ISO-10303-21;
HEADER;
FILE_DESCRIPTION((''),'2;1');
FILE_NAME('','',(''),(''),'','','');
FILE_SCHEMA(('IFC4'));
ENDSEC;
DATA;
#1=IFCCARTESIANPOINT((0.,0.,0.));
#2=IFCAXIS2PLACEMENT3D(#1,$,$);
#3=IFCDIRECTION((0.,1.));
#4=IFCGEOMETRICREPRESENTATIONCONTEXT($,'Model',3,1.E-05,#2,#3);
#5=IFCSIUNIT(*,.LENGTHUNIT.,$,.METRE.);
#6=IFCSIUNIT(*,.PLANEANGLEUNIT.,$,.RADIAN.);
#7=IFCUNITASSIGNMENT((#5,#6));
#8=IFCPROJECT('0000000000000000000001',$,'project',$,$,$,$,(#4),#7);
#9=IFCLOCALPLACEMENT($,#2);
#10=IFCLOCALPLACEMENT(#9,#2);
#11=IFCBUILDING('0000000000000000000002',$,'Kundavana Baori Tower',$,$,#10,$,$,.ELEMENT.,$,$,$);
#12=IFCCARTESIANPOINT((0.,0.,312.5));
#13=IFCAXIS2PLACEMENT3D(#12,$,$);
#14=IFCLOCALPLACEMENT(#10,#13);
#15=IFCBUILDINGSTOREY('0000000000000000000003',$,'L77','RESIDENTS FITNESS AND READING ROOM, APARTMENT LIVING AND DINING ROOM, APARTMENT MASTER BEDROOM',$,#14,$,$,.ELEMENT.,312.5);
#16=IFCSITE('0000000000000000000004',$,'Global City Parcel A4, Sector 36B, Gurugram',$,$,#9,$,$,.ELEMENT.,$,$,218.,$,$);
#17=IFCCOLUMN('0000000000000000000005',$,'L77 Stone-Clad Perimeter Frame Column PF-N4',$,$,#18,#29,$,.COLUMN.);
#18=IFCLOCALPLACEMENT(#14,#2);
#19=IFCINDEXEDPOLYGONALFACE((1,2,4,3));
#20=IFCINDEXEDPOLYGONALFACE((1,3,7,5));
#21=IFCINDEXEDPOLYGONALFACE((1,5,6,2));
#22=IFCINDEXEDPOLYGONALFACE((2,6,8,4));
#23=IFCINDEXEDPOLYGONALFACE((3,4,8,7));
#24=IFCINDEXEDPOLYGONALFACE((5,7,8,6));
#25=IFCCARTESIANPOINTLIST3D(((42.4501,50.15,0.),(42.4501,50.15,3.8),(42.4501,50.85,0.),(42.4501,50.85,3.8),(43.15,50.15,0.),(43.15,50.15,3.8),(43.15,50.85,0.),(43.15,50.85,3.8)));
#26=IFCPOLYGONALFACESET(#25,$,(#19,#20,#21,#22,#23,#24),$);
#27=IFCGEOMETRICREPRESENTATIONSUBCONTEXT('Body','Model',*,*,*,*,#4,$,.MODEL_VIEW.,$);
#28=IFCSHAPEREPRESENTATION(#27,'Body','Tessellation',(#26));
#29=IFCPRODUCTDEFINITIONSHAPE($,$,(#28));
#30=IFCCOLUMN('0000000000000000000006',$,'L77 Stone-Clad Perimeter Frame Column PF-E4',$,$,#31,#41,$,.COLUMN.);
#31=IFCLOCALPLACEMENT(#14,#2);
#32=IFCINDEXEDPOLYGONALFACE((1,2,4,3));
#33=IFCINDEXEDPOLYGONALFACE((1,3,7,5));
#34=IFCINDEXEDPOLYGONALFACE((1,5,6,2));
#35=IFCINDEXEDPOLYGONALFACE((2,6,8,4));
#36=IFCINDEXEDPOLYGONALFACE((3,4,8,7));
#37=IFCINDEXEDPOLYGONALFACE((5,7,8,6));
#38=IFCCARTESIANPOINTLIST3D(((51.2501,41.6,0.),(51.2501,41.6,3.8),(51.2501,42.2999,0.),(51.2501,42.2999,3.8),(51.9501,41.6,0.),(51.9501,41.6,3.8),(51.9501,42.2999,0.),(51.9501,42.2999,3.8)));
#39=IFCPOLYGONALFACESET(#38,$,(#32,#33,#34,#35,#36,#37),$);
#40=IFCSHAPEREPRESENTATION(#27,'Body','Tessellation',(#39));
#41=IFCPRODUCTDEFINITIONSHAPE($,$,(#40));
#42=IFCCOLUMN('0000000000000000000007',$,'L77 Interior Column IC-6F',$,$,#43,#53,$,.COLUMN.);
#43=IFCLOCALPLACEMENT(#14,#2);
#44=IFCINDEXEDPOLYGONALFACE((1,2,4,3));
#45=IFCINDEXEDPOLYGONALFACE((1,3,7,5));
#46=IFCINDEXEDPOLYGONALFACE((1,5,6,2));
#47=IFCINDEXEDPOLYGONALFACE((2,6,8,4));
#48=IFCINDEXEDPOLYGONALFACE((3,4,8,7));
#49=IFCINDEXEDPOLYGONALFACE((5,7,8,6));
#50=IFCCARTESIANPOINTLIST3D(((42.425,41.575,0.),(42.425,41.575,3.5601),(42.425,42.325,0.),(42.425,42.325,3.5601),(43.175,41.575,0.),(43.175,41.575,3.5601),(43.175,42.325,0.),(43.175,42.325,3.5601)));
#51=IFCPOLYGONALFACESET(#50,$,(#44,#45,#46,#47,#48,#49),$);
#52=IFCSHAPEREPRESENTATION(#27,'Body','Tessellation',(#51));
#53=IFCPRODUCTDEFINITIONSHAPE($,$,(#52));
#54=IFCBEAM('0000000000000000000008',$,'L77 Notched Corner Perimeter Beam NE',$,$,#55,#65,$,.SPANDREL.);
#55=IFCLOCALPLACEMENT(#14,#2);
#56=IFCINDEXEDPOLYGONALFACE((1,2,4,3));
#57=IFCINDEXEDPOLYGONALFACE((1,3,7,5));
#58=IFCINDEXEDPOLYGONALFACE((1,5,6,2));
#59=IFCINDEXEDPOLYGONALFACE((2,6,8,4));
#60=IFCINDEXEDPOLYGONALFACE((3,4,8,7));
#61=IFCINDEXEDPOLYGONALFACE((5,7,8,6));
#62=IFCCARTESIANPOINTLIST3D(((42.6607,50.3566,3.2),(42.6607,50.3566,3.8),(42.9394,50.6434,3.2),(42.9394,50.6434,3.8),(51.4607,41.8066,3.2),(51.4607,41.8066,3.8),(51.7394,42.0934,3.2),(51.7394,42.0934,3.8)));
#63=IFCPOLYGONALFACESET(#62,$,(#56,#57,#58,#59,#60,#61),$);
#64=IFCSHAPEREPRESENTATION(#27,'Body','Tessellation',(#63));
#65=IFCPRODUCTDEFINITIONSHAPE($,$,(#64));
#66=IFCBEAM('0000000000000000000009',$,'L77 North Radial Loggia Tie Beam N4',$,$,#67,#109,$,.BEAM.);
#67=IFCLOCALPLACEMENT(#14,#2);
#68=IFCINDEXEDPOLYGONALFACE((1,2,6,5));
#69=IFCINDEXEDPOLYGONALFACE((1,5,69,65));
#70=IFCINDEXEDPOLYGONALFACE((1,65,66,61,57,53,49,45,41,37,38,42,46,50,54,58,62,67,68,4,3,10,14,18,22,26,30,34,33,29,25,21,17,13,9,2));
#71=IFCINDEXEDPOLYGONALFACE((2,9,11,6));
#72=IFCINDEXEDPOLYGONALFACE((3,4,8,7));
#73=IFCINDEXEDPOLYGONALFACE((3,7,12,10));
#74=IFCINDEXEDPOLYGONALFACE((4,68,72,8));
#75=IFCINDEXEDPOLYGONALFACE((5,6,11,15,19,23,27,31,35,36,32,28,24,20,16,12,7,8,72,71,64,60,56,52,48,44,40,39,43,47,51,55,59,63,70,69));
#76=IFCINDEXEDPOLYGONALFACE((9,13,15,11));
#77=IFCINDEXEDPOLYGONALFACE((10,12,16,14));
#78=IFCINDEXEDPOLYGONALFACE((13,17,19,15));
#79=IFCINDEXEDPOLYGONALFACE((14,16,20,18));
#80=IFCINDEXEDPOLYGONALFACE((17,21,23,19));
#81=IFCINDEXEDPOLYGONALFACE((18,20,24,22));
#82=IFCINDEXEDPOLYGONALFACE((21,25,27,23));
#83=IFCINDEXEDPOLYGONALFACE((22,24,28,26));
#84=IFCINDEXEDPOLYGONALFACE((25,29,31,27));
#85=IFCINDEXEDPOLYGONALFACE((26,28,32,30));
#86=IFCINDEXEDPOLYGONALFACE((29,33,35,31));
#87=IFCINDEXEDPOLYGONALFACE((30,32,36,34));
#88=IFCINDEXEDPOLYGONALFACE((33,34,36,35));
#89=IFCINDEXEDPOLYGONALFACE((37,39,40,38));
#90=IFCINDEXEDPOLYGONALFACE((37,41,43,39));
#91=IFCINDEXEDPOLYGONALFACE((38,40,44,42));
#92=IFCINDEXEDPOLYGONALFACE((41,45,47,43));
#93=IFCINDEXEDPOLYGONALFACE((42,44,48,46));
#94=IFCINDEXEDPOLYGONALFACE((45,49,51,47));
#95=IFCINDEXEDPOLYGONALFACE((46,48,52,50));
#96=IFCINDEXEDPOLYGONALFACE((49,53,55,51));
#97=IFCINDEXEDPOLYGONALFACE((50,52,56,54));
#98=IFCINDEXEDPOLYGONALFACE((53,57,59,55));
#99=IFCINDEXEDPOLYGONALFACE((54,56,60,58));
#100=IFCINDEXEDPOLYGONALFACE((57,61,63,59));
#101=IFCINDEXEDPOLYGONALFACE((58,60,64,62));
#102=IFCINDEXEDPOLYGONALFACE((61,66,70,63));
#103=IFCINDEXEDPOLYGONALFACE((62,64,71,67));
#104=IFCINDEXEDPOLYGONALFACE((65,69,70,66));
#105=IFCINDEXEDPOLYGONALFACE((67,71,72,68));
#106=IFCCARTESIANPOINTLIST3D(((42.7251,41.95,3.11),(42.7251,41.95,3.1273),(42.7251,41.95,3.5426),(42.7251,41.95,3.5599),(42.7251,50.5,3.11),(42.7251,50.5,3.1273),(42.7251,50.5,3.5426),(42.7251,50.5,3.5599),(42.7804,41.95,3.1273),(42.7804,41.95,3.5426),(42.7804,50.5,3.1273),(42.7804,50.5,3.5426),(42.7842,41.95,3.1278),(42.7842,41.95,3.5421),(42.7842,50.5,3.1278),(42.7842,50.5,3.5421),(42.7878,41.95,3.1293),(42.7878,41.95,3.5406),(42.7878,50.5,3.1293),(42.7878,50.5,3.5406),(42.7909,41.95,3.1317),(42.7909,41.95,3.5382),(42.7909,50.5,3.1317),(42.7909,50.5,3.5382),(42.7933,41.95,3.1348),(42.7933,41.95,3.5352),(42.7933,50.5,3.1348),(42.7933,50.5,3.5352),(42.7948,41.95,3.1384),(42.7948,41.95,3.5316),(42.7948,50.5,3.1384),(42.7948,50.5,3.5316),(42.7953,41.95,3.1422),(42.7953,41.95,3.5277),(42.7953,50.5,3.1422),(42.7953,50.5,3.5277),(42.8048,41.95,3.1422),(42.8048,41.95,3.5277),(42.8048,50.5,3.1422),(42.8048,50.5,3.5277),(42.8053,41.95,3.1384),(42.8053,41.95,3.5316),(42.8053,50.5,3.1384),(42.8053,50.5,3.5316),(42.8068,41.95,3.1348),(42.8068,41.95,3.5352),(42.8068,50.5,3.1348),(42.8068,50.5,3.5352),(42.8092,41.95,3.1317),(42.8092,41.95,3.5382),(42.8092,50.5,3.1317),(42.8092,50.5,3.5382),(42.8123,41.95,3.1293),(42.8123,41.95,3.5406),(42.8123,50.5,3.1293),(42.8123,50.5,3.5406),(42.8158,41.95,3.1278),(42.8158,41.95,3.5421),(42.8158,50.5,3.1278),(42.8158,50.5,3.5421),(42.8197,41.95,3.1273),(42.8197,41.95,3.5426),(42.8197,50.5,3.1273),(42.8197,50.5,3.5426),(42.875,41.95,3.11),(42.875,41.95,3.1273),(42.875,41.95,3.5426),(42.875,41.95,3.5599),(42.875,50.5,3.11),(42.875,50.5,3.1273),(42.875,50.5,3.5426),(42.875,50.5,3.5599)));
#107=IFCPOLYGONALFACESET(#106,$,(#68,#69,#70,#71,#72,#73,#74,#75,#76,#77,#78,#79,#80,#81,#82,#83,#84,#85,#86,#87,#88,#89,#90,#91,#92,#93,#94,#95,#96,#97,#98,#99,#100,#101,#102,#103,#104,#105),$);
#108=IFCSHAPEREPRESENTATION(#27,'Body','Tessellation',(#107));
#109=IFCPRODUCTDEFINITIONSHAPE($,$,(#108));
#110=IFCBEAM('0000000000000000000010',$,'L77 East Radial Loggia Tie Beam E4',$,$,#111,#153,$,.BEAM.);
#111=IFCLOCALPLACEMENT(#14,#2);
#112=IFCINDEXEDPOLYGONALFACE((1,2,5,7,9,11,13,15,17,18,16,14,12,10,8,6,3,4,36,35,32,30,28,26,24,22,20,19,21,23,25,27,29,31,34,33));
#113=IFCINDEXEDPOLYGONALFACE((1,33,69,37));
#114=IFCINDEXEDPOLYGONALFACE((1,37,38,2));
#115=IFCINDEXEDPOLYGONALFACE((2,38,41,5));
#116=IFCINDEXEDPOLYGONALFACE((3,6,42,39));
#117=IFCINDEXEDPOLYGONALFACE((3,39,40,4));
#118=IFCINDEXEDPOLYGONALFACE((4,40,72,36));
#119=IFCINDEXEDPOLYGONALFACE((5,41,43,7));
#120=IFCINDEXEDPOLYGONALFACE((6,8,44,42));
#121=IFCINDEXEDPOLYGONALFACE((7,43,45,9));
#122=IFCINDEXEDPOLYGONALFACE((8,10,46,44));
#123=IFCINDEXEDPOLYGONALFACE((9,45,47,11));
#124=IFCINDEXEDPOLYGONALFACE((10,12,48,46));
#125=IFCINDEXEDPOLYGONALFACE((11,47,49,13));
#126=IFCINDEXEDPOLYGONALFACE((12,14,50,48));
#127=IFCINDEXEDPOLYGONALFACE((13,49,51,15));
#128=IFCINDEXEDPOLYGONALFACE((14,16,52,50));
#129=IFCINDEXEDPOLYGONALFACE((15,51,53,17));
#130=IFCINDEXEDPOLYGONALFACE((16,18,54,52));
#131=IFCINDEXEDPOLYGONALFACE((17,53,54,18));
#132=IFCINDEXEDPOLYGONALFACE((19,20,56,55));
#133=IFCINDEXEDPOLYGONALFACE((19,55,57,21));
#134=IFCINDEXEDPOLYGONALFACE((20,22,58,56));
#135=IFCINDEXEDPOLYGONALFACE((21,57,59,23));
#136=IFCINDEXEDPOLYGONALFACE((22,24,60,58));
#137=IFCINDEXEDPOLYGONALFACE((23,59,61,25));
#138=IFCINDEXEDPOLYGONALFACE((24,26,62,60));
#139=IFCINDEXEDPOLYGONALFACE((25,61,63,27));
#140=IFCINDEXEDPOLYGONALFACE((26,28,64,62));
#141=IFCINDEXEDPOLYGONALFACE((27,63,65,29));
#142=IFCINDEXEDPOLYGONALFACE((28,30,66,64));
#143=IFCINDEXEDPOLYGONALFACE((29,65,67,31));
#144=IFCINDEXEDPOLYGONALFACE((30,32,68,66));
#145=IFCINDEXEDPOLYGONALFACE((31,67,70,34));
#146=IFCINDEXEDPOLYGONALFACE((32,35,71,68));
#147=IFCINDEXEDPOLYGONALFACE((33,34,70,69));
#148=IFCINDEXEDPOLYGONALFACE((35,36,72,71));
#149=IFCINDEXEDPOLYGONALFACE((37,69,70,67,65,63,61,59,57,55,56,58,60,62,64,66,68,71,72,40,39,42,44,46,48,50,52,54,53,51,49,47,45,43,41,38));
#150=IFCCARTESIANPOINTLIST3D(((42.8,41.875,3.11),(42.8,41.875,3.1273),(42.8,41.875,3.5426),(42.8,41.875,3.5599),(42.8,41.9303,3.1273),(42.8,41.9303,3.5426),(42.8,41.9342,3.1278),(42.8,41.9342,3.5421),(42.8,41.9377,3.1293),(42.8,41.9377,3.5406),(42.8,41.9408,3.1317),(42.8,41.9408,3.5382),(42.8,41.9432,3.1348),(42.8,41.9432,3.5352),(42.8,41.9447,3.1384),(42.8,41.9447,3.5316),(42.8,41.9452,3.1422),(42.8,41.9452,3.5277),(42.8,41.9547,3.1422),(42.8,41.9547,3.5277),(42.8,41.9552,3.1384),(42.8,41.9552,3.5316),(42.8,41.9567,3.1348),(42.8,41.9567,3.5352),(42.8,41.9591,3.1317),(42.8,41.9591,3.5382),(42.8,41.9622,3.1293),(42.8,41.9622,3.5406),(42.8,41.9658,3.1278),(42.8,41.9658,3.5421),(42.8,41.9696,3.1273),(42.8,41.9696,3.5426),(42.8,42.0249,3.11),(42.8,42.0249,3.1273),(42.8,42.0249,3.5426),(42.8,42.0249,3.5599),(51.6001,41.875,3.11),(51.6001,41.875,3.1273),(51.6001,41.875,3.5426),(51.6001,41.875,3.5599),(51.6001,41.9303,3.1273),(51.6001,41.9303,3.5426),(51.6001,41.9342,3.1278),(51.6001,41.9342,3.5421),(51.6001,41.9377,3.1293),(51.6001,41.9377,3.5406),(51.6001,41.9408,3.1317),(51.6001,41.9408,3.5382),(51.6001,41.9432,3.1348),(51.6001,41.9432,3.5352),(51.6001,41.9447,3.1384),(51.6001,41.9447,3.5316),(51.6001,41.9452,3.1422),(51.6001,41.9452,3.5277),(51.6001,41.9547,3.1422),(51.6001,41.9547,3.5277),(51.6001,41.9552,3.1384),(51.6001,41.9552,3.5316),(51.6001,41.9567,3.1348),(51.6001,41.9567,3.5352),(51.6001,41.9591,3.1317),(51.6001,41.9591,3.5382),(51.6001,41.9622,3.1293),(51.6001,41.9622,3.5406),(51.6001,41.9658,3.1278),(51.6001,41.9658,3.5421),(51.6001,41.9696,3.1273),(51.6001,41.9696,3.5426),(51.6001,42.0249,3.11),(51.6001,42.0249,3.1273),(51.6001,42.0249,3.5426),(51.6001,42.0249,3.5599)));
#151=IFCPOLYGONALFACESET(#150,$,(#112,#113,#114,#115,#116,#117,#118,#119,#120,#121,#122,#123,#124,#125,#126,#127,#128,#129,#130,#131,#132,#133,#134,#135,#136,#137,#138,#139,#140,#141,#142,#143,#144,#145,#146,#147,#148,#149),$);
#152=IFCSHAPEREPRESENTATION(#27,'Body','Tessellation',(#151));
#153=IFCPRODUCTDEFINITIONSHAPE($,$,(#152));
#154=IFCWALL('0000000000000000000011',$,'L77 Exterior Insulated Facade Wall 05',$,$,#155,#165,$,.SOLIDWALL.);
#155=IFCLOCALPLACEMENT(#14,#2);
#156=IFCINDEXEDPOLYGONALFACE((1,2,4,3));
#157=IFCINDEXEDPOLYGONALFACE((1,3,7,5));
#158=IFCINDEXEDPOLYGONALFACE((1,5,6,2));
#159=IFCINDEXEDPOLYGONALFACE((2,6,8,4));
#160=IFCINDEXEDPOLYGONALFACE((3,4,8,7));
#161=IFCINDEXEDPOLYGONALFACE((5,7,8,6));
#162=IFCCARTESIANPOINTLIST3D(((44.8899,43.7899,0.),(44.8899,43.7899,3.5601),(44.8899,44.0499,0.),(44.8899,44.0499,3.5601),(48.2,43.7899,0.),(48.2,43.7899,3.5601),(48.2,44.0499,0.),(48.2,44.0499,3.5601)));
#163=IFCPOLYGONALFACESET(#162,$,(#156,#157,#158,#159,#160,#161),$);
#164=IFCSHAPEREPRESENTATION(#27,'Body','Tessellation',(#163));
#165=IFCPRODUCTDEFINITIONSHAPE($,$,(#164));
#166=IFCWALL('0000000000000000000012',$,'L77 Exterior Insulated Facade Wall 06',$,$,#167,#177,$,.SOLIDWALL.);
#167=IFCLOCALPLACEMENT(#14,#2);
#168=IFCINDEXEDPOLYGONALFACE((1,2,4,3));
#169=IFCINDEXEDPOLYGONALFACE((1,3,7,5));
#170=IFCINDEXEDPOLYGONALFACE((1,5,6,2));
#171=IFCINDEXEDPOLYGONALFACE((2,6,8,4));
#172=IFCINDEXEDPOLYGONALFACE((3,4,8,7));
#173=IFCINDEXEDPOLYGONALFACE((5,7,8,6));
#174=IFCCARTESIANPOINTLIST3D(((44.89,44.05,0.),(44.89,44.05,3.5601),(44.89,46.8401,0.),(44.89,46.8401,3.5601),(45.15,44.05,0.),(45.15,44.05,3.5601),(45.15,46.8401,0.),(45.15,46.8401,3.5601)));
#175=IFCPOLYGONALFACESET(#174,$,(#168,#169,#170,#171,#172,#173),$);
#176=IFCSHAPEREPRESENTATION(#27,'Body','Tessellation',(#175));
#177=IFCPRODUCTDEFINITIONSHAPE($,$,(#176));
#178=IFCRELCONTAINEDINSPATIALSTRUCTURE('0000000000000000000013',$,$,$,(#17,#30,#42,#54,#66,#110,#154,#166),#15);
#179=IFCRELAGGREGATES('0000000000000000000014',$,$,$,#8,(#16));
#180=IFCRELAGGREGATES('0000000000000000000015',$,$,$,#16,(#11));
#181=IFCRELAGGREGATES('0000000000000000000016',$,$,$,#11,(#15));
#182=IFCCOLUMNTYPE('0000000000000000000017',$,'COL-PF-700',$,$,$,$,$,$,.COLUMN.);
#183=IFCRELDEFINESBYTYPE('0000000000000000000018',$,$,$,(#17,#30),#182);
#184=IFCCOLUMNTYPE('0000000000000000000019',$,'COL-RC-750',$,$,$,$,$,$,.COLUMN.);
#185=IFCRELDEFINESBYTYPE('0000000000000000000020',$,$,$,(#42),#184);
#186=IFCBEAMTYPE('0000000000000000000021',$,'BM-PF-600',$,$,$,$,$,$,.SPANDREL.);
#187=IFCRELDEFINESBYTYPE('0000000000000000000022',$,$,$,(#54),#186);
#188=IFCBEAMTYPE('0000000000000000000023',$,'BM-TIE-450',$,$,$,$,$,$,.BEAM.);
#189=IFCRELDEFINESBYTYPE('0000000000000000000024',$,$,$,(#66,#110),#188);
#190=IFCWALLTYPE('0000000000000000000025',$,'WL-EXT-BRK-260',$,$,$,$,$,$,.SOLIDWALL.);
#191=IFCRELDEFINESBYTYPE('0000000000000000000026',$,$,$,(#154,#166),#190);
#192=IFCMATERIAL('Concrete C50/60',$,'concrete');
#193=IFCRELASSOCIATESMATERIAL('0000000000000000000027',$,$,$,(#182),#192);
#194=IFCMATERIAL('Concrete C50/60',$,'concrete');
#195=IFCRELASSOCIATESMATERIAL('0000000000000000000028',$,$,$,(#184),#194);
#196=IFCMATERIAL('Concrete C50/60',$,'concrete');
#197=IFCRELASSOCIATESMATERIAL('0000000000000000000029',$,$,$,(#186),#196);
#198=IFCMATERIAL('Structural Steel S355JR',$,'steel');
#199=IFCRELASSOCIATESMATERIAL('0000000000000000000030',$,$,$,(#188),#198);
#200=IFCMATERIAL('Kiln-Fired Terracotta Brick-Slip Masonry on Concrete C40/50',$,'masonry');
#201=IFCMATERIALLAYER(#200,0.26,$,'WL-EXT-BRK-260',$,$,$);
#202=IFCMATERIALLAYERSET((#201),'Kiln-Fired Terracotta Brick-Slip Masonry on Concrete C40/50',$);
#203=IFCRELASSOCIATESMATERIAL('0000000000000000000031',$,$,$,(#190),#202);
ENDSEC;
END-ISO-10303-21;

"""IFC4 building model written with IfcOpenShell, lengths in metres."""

from ifc_helpers import new_model, si_unit, direction, frame, frame_2d, origin, origin_2d, place, context, subcontext, project, spatial, rectangle, i_section, extrude, material, layer, layer_set, material_profile, profile_set, type_object, element, save


model = new_model("IFC4")

# Units and contexts
model_context = context("Model", 3, precision=1e-05, world=origin(), true_north=direction((0.0, 1.0)))
body_context = subcontext(model_context, "Body", "Model", "MODEL_VIEW")
ifc_project = project(units=[si_unit("LENGTHUNIT", "METRE"), si_unit("PLANEANGLEUNIT", "RADIAN")], contexts=[model_context])

# Site, building, storey
site_placement = place(None, origin())
site = spatial("IfcSite", under=ifc_project, at=site_placement, Name="Global City Parcel A4, Sector 36B, Gurugram", CompositionType="ELEMENT", RefElevation=218.0)
building_placement = place(site_placement, origin())
building = spatial("IfcBuilding", under=site, at=building_placement, Name="Kundavana Baori Tower", CompositionType="ELEMENT")
storey_placement = place(building_placement, frame((0.0, 0.0, 312.5)))
storey = spatial("IfcBuildingStorey", under=building, at=storey_placement, Name="L77", Description="RESIDENTS FITNESS AND READING ROOM, APARTMENT LIVING AND DINING ROOM, APARTMENT MASTER BEDROOM", CompositionType="ELEMENT", Elevation=312.5)

# Columns
ifc_material_1 = material(Name="Concrete C50/60", Category="concrete")
ifc_material_profile_1 = material_profile(ifc_material_1, rectangle(XDim=0.7, YDim=0.7, at=origin_2d()), Name="RC PF 700x700")
ifc_profile_set_1 = profile_set([ifc_material_profile_1], Name="Concrete C50/60")
column_type_1 = type_object("IfcColumnType", Name="COL-PF-700", PredefinedType="COLUMN", material=ifc_profile_set_1)
for number, where, z_axis, x_axis, name in (
    (1, (42.8, 50.5, 0.0), (0.0, 0.0, 1.0), (1.0, 0.0, 0.0), "L77 Stone-Clad Perimeter Frame Column PF-N4"),
    (2, (51.6001, 41.95, 0.0), (0.0, 0.0, 1.0), (1.0, 0.0, 0.0), "L77 Stone-Clad Perimeter Frame Column PF-E4"),
):
    element("IfcColumn", number, at=place(storey_placement, frame(where, z_axis=z_axis, x_axis=x_axis)), inside=storey, type_object=column_type_1, Name=name, PredefinedType="COLUMN", context=body_context, shape_type="SweptSolid", body=[
        extrude(rectangle(XDim=0.7, YDim=0.7, at=origin_2d()), origin(), (0.0, 0.0, 1.0), 3.8),
    ])
ifc_material_2 = material(Name="Concrete C50/60", Category="concrete")
ifc_material_profile_2 = material_profile(ifc_material_2, rectangle(XDim=0.75, YDim=0.75, at=origin_2d()), Name="RC 750x750")
ifc_profile_set_2 = profile_set([ifc_material_profile_2], Name="Concrete C50/60")
column_type_2 = type_object("IfcColumnType", Name="COL-RC-750", PredefinedType="COLUMN", material=ifc_profile_set_2)
column_placement = place(storey_placement, frame((42.8, 41.95, 0.0), z_axis=(0.0, 0.0, 1.0), x_axis=(1.0, 0.0, 0.0)))
element("IfcColumn", 3, at=column_placement, inside=storey, type_object=column_type_2, Name="L77 Interior Column IC-6F", PredefinedType="COLUMN", context=body_context, shape_type="SweptSolid", body=[
    extrude(rectangle(XDim=0.75, YDim=0.75, at=origin_2d()), origin(), (0.0, 0.0, 1.0), 3.5601),
])

# Beams
ifc_material_3 = material(Name="Concrete C50/60", Category="concrete")
ifc_material_profile_3 = material_profile(ifc_material_3, rectangle(XDim=0.3999, YDim=0.6001, at=origin_2d()), Name="RC BM 400x600")
ifc_profile_set_3 = profile_set([ifc_material_profile_3], Name="Concrete C50/60")
beam_type_1 = type_object("IfcBeamType", Name="BM-PF-600", PredefinedType="SPANDREL", material=ifc_profile_set_3)
beam_1_placement = place(storey_placement, frame((42.8, 50.5, 3.5), z_axis=(0.717221, -0.696846, 0.0), x_axis=(0.696846, 0.717221, 0.0)))
element("IfcBeam", 4, at=beam_1_placement, inside=storey, type_object=beam_type_1, Name="L77 Notched Corner Perimeter Beam NE", PredefinedType="SPANDREL", context=body_context, shape_type="SweptSolid", body=[
    extrude(rectangle(XDim=0.3999, YDim=0.6001, at=origin_2d()), origin(), (0.0, 0.0, 1.0), 12.2695),
])
ifc_material_4 = material(Name="Structural Steel S355JR", Category="steel")
ifc_material_profile_4 = material_profile(ifc_material_4, i_section(OverallWidth=0.1499, OverallDepth=0.45, WebThickness=0.0095, FlangeThickness=0.0173, FilletRadius=0.0149, at=origin_2d()), Name="ISMB 450")
ifc_profile_set_4 = profile_set([ifc_material_profile_4], Name="Structural Steel S355JR")
beam_type_2 = type_object("IfcBeamType", Name="BM-TIE-450", PredefinedType="BEAM", material=ifc_profile_set_4)
beam_2_placement = place(storey_placement, frame((42.8, 41.95, 3.335), z_axis=(0.0, 1.0, 0.0), x_axis=(-1.0, 0.0, 0.0)))
element("IfcBeam", 5, at=beam_2_placement, inside=storey, type_object=beam_type_2, Name="L77 North Radial Loggia Tie Beam N4", PredefinedType="BEAM", context=body_context, shape_type="SweptSolid", body=[
    extrude(i_section(OverallWidth=0.1499, OverallDepth=0.45, WebThickness=0.0095, FlangeThickness=0.0173, FilletRadius=0.0149, at=origin_2d()), origin(), (0.0, 0.0, 1.0), 8.55),
])
beam_3_placement = place(storey_placement, frame((42.8, 41.95, 3.335), z_axis=(1.0, 0.0, 0.0), x_axis=(0.0, 1.0, 0.0)))
element("IfcBeam", 6, at=beam_3_placement, inside=storey, type_object=beam_type_2, Name="L77 East Radial Loggia Tie Beam E4", PredefinedType="BEAM", context=body_context, shape_type="SweptSolid", body=[
    extrude(i_section(OverallWidth=0.1499, OverallDepth=0.45, WebThickness=0.0095, FlangeThickness=0.0173, FilletRadius=0.0149, at=origin_2d()), origin(), (0.0, 0.0, 1.0), 8.8),
])

# Walls
ifc_material_5 = material(Name="Kiln-Fired Terracotta Brick-Slip Masonry on Concrete C40/50", Category="masonry")
ifc_layer_1 = layer(ifc_material_5, 0.26, Name="WL-EXT-BRK-260")
ifc_layer_set_1 = layer_set([ifc_layer_1], Name="Kiln-Fired Terracotta Brick-Slip Masonry on Concrete C40/50")
wall_type_1 = type_object("IfcWallType", Name="WL-EXT-BRK-260", PredefinedType="SOLIDWALL", material=ifc_layer_set_1)
wall_1_placement = place(storey_placement, frame((48.2, 43.9199, 0.0), z_axis=(0.0, 0.0, 1.0), x_axis=(-1.0, 0.0, 0.0)))
element("IfcWall", 7, at=wall_1_placement, inside=storey, type_object=wall_type_1, Name="L77 Exterior Insulated Facade Wall 05", PredefinedType="SOLIDWALL", context=body_context, shape_type="SweptSolid", body=[
    extrude(rectangle(XDim=3.3101, YDim=0.26, at=frame_2d((1.655, 0.0))), origin(), (0.0, 0.0, 1.0), 3.5601),
])
wall_2_placement = place(storey_placement, frame((45.02, 44.05, 0.0), z_axis=(0.0, 0.0, 1.0), x_axis=(0.0, 1.0, 0.0)))
element("IfcWall", 8, at=wall_2_placement, inside=storey, type_object=wall_type_1, Name="L77 Exterior Insulated Facade Wall 06", PredefinedType="SOLIDWALL", context=body_context, shape_type="SweptSolid", body=[
    extrude(rectangle(XDim=2.79, YDim=0.26, at=frame_2d((1.395, 0.0))), origin(), (0.0, 0.0, 1.0), 3.5601),
])

save(model, "model.ifc")
